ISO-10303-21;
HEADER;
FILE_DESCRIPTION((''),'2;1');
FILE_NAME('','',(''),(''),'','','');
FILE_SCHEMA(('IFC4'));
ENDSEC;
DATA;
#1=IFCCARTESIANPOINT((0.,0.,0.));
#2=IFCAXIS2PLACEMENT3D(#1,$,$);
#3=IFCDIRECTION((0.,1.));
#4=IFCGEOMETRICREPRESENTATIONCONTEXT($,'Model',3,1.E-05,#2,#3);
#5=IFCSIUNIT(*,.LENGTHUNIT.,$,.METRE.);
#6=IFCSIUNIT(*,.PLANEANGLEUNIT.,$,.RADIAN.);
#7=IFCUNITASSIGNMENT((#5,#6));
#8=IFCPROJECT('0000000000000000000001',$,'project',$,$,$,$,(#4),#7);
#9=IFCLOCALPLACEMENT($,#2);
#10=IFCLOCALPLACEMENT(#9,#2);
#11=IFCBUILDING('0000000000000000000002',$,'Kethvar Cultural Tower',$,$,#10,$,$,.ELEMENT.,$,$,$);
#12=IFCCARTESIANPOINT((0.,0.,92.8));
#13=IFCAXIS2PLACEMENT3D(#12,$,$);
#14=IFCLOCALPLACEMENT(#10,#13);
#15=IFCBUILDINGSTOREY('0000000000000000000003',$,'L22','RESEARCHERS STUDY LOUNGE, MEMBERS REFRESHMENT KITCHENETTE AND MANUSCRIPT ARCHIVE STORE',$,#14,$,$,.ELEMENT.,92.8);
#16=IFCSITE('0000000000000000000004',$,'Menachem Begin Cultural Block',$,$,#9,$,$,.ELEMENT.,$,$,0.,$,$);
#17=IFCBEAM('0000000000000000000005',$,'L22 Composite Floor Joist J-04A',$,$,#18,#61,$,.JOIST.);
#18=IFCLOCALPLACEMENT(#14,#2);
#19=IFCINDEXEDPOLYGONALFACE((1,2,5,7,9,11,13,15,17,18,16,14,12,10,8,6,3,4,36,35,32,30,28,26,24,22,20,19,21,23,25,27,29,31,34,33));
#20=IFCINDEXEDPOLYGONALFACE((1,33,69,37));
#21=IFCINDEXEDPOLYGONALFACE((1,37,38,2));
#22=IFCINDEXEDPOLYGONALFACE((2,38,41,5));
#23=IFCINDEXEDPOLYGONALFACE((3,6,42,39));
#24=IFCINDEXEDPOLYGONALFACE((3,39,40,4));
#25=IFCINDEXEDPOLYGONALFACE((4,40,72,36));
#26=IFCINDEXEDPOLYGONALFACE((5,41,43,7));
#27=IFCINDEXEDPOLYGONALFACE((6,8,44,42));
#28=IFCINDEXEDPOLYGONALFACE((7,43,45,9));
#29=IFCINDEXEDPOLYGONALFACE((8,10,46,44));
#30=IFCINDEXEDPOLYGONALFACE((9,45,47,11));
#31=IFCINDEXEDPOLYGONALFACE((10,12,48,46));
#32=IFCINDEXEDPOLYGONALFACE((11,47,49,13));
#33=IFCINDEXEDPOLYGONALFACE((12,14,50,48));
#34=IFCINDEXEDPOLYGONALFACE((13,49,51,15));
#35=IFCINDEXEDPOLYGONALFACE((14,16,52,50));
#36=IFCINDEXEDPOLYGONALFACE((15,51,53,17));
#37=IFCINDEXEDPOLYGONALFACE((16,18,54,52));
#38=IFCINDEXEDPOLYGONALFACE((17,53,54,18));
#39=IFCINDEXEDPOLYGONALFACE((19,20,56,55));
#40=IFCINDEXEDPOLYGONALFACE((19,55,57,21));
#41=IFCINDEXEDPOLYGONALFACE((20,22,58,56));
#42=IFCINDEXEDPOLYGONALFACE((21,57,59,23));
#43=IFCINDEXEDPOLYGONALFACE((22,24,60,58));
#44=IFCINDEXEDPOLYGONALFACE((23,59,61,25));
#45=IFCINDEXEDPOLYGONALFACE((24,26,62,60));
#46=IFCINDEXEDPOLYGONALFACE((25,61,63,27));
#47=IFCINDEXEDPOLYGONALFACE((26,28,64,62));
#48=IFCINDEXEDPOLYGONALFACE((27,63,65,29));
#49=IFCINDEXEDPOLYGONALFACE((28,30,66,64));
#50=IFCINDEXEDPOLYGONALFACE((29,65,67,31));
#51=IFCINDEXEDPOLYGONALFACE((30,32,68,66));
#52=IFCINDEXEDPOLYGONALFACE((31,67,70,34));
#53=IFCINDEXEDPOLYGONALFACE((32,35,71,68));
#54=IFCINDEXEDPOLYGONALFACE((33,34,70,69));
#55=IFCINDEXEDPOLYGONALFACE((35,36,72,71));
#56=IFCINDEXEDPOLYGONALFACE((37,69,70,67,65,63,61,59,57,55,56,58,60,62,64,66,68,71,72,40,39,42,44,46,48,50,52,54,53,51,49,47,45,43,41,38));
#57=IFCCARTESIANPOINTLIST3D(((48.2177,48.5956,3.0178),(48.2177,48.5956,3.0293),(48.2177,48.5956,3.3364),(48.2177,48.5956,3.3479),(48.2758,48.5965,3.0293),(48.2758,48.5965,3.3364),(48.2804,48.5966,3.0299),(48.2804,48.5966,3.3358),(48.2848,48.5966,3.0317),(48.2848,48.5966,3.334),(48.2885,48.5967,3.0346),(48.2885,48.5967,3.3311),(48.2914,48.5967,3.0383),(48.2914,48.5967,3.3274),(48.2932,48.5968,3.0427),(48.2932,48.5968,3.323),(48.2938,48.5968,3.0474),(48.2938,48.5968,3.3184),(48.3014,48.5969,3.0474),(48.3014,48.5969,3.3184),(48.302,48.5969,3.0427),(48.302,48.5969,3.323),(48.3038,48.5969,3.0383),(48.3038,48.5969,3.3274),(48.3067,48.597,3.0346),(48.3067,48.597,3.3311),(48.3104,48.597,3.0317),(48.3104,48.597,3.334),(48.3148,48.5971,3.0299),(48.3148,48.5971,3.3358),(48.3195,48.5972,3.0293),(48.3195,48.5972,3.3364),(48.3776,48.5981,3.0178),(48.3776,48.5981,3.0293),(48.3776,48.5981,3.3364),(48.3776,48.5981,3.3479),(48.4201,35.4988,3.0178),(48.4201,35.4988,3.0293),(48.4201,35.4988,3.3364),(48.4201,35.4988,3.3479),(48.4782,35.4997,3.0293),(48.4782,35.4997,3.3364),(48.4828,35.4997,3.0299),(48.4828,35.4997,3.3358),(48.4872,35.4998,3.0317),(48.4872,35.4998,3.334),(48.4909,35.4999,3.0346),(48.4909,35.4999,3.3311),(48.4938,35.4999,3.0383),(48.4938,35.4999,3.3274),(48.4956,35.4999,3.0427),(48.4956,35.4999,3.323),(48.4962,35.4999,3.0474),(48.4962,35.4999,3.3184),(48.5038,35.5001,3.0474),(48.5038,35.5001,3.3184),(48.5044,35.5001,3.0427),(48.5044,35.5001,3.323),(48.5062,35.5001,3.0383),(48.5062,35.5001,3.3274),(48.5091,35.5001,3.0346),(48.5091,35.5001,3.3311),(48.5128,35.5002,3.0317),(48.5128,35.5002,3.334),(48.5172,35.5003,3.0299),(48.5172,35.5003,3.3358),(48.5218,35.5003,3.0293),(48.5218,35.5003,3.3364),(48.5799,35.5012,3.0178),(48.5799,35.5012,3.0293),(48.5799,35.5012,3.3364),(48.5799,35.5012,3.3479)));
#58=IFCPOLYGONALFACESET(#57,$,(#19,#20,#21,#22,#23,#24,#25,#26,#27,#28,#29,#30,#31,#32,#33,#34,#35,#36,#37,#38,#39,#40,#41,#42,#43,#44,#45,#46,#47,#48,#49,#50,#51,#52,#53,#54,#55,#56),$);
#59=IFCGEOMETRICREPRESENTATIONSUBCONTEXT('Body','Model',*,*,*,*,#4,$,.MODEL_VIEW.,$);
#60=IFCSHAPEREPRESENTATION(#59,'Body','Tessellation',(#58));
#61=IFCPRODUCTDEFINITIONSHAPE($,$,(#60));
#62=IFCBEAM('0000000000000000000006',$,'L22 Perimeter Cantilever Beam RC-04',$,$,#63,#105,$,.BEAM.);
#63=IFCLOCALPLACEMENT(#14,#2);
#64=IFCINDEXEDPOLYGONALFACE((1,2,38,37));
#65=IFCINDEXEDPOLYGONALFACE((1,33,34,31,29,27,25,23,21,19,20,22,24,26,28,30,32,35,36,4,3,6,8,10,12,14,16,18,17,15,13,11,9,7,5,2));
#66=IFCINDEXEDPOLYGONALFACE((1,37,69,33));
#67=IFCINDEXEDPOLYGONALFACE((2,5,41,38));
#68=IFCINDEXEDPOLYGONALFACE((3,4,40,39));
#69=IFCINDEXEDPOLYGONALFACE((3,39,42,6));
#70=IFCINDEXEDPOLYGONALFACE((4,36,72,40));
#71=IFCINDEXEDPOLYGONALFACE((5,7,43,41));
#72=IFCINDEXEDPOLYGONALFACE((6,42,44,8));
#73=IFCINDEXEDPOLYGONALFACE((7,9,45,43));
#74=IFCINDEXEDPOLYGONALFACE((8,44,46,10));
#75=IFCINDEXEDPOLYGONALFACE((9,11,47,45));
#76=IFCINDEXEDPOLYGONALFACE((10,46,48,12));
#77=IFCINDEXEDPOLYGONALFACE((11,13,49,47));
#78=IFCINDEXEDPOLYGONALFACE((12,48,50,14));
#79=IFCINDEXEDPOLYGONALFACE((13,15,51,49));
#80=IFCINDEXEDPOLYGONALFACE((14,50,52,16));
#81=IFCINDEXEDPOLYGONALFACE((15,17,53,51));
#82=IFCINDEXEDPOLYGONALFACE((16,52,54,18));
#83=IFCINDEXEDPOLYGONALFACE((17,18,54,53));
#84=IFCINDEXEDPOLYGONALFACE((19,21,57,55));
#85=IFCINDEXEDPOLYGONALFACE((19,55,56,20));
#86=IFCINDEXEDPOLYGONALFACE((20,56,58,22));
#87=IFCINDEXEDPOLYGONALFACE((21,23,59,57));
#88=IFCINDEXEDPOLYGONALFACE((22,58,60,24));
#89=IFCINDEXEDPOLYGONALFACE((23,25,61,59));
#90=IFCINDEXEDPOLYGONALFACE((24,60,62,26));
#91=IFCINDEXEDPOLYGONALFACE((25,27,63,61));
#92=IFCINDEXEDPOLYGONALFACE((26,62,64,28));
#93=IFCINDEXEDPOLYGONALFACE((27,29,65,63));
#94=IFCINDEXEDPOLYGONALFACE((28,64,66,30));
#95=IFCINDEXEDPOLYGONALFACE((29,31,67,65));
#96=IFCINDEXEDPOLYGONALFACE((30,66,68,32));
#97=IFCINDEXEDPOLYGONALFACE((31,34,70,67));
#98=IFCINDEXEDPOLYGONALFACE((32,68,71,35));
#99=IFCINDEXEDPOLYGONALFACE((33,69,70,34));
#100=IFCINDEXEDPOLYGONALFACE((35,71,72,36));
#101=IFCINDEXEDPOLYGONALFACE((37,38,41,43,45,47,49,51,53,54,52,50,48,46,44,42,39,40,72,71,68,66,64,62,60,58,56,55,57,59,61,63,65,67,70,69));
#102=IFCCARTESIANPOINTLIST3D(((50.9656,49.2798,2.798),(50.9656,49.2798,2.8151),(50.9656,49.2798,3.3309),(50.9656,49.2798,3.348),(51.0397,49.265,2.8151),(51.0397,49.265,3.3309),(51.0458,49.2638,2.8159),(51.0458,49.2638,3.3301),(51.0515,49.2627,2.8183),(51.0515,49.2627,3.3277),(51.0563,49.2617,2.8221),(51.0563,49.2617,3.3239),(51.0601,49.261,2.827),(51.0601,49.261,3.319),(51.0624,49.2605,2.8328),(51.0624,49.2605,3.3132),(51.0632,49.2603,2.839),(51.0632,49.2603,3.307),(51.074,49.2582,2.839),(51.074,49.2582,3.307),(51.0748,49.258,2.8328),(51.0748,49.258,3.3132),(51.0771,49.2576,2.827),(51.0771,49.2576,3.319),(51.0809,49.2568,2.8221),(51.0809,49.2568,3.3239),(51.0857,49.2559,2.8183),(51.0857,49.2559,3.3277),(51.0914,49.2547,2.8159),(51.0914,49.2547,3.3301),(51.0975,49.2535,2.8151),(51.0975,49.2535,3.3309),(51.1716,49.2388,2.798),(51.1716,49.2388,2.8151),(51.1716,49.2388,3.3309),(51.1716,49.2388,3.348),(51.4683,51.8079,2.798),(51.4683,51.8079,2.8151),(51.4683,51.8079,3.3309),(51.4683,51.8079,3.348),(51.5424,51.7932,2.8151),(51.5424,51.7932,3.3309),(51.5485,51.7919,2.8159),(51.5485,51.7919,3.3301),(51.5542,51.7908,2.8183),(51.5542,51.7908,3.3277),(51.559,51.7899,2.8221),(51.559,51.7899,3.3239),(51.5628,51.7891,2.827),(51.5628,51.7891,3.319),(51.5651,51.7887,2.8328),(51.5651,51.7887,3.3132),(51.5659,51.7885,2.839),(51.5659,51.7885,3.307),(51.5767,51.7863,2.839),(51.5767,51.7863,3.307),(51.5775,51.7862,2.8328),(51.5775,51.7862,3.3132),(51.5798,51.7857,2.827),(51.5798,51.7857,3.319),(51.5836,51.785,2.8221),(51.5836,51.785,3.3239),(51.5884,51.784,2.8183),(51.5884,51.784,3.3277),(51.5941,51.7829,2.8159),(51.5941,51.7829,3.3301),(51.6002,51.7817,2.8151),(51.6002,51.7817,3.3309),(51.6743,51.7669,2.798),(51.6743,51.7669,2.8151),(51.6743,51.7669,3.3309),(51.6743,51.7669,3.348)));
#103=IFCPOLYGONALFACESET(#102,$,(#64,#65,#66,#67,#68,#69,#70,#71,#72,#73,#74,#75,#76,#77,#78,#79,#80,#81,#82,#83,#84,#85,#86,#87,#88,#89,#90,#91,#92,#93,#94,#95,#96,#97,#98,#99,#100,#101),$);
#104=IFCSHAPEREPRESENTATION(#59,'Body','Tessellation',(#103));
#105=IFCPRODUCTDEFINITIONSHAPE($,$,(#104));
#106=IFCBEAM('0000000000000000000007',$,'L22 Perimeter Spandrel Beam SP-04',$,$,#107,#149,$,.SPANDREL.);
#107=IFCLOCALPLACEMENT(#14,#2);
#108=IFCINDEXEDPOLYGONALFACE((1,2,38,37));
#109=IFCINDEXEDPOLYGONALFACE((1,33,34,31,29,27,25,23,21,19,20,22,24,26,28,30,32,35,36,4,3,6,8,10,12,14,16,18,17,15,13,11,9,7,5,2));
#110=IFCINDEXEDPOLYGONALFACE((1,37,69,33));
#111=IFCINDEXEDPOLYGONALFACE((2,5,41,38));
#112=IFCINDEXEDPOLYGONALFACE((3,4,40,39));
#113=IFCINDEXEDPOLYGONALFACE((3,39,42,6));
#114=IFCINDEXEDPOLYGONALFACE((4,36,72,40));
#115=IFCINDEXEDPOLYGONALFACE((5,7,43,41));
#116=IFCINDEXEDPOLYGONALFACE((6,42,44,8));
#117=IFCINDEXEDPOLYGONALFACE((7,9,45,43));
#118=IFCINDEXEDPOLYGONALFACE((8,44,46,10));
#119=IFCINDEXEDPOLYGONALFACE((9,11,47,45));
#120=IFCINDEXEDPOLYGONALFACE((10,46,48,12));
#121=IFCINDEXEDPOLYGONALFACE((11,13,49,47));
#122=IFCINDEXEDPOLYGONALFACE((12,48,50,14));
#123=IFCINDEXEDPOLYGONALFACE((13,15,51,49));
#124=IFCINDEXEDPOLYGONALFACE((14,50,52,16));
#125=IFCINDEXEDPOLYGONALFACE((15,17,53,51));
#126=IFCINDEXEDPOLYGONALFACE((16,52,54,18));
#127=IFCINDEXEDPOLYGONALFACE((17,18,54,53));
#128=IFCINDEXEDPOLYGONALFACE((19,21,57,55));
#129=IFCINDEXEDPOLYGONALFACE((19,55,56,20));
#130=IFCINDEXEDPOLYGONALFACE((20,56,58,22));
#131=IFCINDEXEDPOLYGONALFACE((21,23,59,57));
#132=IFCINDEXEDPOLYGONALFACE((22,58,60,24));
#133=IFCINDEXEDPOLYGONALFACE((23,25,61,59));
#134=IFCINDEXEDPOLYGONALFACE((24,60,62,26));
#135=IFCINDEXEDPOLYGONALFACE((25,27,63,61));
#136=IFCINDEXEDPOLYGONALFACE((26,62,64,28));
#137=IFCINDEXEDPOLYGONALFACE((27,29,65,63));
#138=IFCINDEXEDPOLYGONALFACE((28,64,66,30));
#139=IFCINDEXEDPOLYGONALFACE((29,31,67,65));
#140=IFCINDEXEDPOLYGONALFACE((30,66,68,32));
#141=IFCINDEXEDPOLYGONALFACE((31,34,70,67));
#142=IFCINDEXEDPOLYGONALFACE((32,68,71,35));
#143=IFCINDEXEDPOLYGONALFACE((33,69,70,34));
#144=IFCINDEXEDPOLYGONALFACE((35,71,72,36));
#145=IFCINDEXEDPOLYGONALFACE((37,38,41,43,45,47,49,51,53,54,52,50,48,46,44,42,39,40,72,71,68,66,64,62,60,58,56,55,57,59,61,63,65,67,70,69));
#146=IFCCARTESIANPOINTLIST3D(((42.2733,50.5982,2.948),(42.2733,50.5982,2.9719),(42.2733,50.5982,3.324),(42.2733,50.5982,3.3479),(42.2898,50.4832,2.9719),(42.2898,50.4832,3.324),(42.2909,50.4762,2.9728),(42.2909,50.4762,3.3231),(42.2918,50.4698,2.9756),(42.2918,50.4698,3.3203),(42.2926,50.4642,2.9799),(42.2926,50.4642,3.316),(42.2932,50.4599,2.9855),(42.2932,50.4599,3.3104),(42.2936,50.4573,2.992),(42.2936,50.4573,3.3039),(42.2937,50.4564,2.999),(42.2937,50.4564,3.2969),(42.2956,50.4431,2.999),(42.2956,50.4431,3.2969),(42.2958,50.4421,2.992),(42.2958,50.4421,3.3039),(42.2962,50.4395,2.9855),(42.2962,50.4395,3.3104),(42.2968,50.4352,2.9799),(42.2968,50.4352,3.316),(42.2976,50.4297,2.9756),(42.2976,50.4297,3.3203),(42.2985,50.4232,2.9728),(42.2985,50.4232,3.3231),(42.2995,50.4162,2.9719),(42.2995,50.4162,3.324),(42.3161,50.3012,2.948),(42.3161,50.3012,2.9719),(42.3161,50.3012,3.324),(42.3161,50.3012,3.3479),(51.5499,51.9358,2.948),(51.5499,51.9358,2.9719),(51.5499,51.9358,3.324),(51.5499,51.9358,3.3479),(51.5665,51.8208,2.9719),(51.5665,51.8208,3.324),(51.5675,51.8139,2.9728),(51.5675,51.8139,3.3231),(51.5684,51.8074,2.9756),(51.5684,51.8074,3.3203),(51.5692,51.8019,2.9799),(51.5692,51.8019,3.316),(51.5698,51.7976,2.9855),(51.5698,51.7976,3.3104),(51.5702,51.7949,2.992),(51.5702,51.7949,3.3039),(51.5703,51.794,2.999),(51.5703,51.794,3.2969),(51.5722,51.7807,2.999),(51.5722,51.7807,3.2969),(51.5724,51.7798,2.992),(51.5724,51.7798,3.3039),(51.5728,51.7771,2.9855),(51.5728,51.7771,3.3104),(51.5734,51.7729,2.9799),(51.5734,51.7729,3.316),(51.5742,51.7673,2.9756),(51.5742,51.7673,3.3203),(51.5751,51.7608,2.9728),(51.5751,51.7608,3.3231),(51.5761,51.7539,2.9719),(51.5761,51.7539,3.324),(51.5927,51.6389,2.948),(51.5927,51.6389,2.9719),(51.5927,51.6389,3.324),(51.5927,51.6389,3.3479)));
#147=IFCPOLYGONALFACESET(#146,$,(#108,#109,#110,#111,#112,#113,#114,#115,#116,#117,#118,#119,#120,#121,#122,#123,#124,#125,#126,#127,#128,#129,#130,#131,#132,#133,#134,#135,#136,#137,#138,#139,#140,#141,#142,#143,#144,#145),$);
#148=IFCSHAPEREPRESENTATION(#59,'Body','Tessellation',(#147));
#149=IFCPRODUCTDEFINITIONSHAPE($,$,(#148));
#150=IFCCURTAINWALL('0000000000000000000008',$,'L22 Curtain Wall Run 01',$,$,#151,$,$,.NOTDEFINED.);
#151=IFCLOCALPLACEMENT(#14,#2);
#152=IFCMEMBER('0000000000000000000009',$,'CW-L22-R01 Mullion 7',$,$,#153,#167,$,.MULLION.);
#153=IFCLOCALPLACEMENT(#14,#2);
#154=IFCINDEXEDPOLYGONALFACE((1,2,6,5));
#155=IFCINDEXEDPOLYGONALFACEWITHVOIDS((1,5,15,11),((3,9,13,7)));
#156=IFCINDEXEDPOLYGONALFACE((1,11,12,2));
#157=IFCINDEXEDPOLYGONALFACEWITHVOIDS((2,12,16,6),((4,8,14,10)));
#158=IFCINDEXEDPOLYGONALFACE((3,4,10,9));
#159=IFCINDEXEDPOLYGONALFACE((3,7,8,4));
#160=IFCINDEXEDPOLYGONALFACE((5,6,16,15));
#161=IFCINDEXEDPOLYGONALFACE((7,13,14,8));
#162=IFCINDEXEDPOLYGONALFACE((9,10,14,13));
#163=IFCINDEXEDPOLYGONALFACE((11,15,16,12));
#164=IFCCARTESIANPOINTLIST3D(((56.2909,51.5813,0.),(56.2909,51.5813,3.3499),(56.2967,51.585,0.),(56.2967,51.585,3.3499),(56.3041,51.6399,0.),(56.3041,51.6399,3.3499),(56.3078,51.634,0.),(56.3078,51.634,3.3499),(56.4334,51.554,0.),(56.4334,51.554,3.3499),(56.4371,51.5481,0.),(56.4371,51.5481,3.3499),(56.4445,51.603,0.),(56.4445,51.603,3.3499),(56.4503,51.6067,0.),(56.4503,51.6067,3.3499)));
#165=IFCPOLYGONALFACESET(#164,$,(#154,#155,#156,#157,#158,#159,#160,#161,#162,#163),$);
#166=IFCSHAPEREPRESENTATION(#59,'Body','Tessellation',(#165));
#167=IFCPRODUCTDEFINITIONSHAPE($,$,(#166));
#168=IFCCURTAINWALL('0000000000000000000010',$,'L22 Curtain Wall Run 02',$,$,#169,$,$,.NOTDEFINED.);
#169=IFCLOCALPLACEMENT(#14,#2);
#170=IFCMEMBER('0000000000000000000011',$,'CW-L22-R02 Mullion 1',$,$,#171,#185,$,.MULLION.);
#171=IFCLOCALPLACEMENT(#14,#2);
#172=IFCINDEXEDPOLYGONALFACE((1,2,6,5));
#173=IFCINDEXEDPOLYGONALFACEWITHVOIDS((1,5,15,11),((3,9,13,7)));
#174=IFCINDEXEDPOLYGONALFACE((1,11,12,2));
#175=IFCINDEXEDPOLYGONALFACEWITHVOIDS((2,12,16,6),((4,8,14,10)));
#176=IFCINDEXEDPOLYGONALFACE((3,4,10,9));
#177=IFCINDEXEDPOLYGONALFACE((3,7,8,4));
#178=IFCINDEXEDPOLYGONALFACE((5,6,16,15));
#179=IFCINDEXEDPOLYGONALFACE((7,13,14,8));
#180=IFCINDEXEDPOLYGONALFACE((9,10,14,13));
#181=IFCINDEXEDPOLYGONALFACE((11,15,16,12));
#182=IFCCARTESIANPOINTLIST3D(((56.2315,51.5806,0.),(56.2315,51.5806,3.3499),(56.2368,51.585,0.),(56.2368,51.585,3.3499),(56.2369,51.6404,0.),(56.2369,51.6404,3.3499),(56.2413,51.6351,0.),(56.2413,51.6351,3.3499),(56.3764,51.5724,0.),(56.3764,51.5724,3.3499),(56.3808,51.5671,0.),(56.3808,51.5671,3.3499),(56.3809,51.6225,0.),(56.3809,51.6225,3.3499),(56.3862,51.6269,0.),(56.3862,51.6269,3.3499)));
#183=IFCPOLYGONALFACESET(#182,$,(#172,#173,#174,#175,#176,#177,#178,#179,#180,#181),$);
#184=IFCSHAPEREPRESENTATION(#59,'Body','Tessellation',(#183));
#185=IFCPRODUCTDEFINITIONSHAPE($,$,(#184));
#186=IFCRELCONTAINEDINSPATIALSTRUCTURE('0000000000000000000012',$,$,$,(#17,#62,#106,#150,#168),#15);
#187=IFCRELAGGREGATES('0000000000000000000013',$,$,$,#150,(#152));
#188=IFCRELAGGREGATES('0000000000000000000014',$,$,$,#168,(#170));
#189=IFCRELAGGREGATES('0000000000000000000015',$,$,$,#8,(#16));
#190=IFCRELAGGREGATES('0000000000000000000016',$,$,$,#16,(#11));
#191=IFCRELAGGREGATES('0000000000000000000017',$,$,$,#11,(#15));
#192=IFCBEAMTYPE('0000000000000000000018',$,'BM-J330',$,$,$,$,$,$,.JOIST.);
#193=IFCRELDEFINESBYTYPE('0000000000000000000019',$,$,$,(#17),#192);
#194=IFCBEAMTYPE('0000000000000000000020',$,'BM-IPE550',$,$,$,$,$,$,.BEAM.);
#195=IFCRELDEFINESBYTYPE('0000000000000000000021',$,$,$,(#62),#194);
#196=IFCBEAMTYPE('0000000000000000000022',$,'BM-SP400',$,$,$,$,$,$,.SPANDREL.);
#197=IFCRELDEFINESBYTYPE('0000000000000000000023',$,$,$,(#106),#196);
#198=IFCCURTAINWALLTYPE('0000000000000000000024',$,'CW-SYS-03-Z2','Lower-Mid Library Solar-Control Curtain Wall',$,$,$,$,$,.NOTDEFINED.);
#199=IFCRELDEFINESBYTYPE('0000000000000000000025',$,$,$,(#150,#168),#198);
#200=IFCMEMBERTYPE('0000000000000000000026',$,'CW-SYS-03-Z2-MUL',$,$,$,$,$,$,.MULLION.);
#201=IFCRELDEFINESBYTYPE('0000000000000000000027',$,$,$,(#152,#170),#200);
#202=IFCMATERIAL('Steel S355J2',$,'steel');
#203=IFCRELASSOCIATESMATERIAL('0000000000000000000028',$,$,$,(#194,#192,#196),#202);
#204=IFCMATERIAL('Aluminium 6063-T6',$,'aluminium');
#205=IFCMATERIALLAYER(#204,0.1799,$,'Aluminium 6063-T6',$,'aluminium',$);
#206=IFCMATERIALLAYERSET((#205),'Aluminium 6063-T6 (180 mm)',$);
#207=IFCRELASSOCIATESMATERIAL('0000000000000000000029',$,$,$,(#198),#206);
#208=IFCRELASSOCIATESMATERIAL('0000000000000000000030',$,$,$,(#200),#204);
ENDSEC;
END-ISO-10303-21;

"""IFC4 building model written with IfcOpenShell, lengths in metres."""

from ifc_helpers import new_model, si_unit, direction, frame, origin, origin_2d, place, context, subcontext, project, spatial, hollow_rectangle, i_section, extrude, source, transform, mapped, material, layer, layer_set, material_profile, profile_set, type_object, element, aggregate, save


model = new_model("IFC4")

# Units and contexts
model_context = context("Model", 3, precision=1e-05, world=origin(), true_north=direction((0.0, 1.0)))
body_context = subcontext(model_context, "Body", "Model", "MODEL_VIEW")
ifc_project = project(units=[si_unit("LENGTHUNIT", "METRE"), si_unit("PLANEANGLEUNIT", "RADIAN")], contexts=[model_context])

# Site, building, storey
site_placement = place(None, origin())
site = spatial("IfcSite", under=ifc_project, at=site_placement, Name="Menachem Begin Cultural Block", CompositionType="ELEMENT", RefElevation=0.0)
building_placement = place(site_placement, origin())
building = spatial("IfcBuilding", under=site, at=building_placement, Name="Kethvar Cultural Tower", CompositionType="ELEMENT")
storey_placement = place(building_placement, frame((0.0, 0.0, 92.8)))
storey = spatial("IfcBuildingStorey", under=building, at=storey_placement, Name="L22", Description="RESEARCHERS STUDY LOUNGE, MEMBERS REFRESHMENT KITCHENETTE AND MANUSCRIPT ARCHIVE STORE", CompositionType="ELEMENT", Elevation=92.8)

# Beams
ifc_material_1 = material(Name="Steel S355J2", Category="steel")
ifc_material_profile_1 = material_profile(ifc_material_1, i_section(OverallWidth=0.21, OverallDepth=0.55, WebThickness=0.011, FlangeThickness=0.0171, FilletRadius=0.0239, at=origin_2d()), Name="Steel S355J2 — IPE550")
ifc_profile_set_1 = profile_set([ifc_material_profile_1], Name="Steel S355J2 — IPE550")
beam_type_1 = type_object("IfcBeamType", Name="BM-IPE550", PredefinedType="BEAM", material=ifc_profile_set_1)
ifc_material_profile_2 = material_profile(ifc_material_1, i_section(OverallWidth=0.1599, OverallDepth=0.3301, WebThickness=0.0076, FlangeThickness=0.0115, FilletRadius=0.0181, at=origin_2d()), Name="Steel S355J2 — IPE330")
ifc_profile_set_2 = profile_set([ifc_material_profile_2], Name="Steel S355J2 — IPE330")
beam_type_2 = type_object("IfcBeamType", Name="BM-J330", PredefinedType="JOIST", material=ifc_profile_set_2)
shared_shape_1 = source(origin(), body_context, "Body", "SweptSolid", [
    extrude(i_section(OverallWidth=0.1599, OverallDepth=0.3301, WebThickness=0.0076, FlangeThickness=0.0115, FilletRadius=0.0181, at=origin_2d()), origin(), (0.0, 0.0, 1.0), 13.0984),
])
beam_1_placement = place(storey_placement, frame((48.5, 35.5, 3.1829), z_axis=(-0.015452, 0.999881, 0.0), x_axis=(-0.999881, -0.015452, 0.0)))
element("IfcBeam", 1, at=beam_1_placement, inside=storey, type_object=beam_type_2, Name="L22 Composite Floor Joist J-04A", PredefinedType="JOIST", context=body_context, shape_type="MappedRepresentation", body=[
    mapped(shared_shape_1, transform((0.0, 0.0, 0.0), scale=1.0)),
])
shared_shape_2 = source(origin(), body_context, "Body", "SweptSolid", [
    extrude(i_section(OverallWidth=0.21, OverallDepth=0.55, WebThickness=0.011, FlangeThickness=0.0171, FilletRadius=0.0239, at=origin_2d()), origin(), (0.0, 0.0, 1.0), 2.5776),
])
beam_2_placement = place(storey_placement, frame((51.0686, 49.2593, 3.073), z_axis=(0.195023, 0.980799, 0.0), x_axis=(-0.980799, 0.195023, 0.0)))
element("IfcBeam", 2, at=beam_2_placement, inside=storey, type_object=beam_type_1, Name="L22 Perimeter Cantilever Beam RC-04", PredefinedType="BEAM", context=body_context, shape_type="MappedRepresentation", body=[
    mapped(shared_shape_2, transform((0.0, 0.0, 0.0), scale=1.0)),
])
ifc_material_profile_3 = material_profile(ifc_material_1, i_section(OverallWidth=0.3, OverallDepth=0.3999, WebThickness=0.0134, FlangeThickness=0.0239, FilletRadius=0.0271, at=origin_2d()), Name="Steel S355J2 — HEB400")
ifc_profile_set_3 = profile_set([ifc_material_profile_3], Name="Steel S355J2 — HEB400")
beam_type_3 = type_object("IfcBeamType", Name="BM-SP400", PredefinedType="SPANDREL", material=ifc_profile_set_3)
shared_shape_3 = source(origin(), body_context, "Body", "SweptSolid", [
    extrude(i_section(OverallWidth=0.3, OverallDepth=0.3999, WebThickness=0.0134, FlangeThickness=0.0239, FilletRadius=0.0271, at=origin_2d()), origin(), (0.0, 0.0, 1.0), 9.3726),
])
beam_3_placement = place(storey_placement, frame((51.5713, 51.7874, 3.1479), z_axis=(-0.989763, -0.142719, 0.0), x_axis=(0.142719, -0.989763, 0.0)))
element("IfcBeam", 3, at=beam_3_placement, inside=storey, type_object=beam_type_3, Name="L22 Perimeter Spandrel Beam SP-04", PredefinedType="SPANDREL", context=body_context, shape_type="MappedRepresentation", body=[
    mapped(shared_shape_3, transform((0.0, 0.0, 0.0), scale=1.0)),
])

# Curtain wall, member
ifc_material_2 = material(Name="Aluminium 6063-T6", Category="aluminium")
ifc_layer_1 = layer(ifc_material_2, 0.1799, Name="Aluminium 6063-T6", Category="aluminium")
ifc_layer_set_1 = layer_set([ifc_layer_1], Name="Aluminium 6063-T6 (180 mm)")
curtain_wall_type = type_object("IfcCurtainWallType", Name="CW-SYS-03-Z2", Description="Lower-Mid Library Solar-Control Curtain Wall", PredefinedType="NOTDEFINED", material=ifc_layer_set_1)
curtain_wall_1_placement = place(storey_placement, origin())
curtain_wall_1 = element("IfcCurtainWall", 4, at=curtain_wall_1_placement, inside=storey, type_object=curtain_wall_type, Name="L22 Curtain Wall Run 01", PredefinedType="NOTDEFINED")
ifc_material_profile_4 = material_profile(ifc_material_2, hollow_rectangle(XDim=0.0601, YDim=0.1499, WallThickness=0.0049, at=origin_2d()), Name="Aluminium 6063-T6 — RHS150x60x5")
ifc_profile_set_4 = profile_set([ifc_material_profile_4], Name="Aluminium 6063-T6 — RHS150x60x5")
member_type_1 = type_object("IfcMemberType", Name="CW-SYS-03-Z2-MUL", PredefinedType="MULLION", material=ifc_profile_set_4)
shared_shape_4 = source(origin(), body_context, "Body", "SweptSolid", [
    extrude(hollow_rectangle(XDim=0.0601, YDim=0.1499, WallThickness=0.0049, at=origin_2d()), origin(), (0.0, 0.0, 1.0), 3.3499),
])
member_1_placement = place(storey_placement, frame((56.3706, 51.594, 0.0), z_axis=(0.0, 0.0, 1.0), x_axis=(-0.221089, -0.975254, 0.0)))
member_1 = element("IfcMember", 5, at=member_1_placement, type_object=member_type_1, Name="CW-L22-R01 Mullion 7", PredefinedType="MULLION", context=body_context, shape_type="MappedRepresentation", body=[
    mapped(shared_shape_4, transform((0.0, 0.0, 0.0), scale=1.0)),
])
aggregate(curtain_wall_1, [member_1])

# Curtain wall, member
curtain_wall_2_placement = place(storey_placement, origin())
curtain_wall_2 = element("IfcCurtainWall", 6, at=curtain_wall_2_placement, inside=storey, type_object=curtain_wall_type, Name="L22 Curtain Wall Run 02", PredefinedType="NOTDEFINED")
member_2_placement = place(storey_placement, frame((56.3088, 51.6038, 0.0), z_axis=(0.0, 0.0, 1.0), x_axis=(-0.090198, -0.995924, 0.0)))
member_2 = element("IfcMember", 7, at=member_2_placement, type_object=member_type_1, Name="CW-L22-R02 Mullion 1", PredefinedType="MULLION", context=body_context, shape_type="MappedRepresentation", body=[
    mapped(shared_shape_4, transform((0.0, 0.0, 0.0), scale=1.0)),
])
aggregate(curtain_wall_2, [member_2])

save(model, "model.ifc")
